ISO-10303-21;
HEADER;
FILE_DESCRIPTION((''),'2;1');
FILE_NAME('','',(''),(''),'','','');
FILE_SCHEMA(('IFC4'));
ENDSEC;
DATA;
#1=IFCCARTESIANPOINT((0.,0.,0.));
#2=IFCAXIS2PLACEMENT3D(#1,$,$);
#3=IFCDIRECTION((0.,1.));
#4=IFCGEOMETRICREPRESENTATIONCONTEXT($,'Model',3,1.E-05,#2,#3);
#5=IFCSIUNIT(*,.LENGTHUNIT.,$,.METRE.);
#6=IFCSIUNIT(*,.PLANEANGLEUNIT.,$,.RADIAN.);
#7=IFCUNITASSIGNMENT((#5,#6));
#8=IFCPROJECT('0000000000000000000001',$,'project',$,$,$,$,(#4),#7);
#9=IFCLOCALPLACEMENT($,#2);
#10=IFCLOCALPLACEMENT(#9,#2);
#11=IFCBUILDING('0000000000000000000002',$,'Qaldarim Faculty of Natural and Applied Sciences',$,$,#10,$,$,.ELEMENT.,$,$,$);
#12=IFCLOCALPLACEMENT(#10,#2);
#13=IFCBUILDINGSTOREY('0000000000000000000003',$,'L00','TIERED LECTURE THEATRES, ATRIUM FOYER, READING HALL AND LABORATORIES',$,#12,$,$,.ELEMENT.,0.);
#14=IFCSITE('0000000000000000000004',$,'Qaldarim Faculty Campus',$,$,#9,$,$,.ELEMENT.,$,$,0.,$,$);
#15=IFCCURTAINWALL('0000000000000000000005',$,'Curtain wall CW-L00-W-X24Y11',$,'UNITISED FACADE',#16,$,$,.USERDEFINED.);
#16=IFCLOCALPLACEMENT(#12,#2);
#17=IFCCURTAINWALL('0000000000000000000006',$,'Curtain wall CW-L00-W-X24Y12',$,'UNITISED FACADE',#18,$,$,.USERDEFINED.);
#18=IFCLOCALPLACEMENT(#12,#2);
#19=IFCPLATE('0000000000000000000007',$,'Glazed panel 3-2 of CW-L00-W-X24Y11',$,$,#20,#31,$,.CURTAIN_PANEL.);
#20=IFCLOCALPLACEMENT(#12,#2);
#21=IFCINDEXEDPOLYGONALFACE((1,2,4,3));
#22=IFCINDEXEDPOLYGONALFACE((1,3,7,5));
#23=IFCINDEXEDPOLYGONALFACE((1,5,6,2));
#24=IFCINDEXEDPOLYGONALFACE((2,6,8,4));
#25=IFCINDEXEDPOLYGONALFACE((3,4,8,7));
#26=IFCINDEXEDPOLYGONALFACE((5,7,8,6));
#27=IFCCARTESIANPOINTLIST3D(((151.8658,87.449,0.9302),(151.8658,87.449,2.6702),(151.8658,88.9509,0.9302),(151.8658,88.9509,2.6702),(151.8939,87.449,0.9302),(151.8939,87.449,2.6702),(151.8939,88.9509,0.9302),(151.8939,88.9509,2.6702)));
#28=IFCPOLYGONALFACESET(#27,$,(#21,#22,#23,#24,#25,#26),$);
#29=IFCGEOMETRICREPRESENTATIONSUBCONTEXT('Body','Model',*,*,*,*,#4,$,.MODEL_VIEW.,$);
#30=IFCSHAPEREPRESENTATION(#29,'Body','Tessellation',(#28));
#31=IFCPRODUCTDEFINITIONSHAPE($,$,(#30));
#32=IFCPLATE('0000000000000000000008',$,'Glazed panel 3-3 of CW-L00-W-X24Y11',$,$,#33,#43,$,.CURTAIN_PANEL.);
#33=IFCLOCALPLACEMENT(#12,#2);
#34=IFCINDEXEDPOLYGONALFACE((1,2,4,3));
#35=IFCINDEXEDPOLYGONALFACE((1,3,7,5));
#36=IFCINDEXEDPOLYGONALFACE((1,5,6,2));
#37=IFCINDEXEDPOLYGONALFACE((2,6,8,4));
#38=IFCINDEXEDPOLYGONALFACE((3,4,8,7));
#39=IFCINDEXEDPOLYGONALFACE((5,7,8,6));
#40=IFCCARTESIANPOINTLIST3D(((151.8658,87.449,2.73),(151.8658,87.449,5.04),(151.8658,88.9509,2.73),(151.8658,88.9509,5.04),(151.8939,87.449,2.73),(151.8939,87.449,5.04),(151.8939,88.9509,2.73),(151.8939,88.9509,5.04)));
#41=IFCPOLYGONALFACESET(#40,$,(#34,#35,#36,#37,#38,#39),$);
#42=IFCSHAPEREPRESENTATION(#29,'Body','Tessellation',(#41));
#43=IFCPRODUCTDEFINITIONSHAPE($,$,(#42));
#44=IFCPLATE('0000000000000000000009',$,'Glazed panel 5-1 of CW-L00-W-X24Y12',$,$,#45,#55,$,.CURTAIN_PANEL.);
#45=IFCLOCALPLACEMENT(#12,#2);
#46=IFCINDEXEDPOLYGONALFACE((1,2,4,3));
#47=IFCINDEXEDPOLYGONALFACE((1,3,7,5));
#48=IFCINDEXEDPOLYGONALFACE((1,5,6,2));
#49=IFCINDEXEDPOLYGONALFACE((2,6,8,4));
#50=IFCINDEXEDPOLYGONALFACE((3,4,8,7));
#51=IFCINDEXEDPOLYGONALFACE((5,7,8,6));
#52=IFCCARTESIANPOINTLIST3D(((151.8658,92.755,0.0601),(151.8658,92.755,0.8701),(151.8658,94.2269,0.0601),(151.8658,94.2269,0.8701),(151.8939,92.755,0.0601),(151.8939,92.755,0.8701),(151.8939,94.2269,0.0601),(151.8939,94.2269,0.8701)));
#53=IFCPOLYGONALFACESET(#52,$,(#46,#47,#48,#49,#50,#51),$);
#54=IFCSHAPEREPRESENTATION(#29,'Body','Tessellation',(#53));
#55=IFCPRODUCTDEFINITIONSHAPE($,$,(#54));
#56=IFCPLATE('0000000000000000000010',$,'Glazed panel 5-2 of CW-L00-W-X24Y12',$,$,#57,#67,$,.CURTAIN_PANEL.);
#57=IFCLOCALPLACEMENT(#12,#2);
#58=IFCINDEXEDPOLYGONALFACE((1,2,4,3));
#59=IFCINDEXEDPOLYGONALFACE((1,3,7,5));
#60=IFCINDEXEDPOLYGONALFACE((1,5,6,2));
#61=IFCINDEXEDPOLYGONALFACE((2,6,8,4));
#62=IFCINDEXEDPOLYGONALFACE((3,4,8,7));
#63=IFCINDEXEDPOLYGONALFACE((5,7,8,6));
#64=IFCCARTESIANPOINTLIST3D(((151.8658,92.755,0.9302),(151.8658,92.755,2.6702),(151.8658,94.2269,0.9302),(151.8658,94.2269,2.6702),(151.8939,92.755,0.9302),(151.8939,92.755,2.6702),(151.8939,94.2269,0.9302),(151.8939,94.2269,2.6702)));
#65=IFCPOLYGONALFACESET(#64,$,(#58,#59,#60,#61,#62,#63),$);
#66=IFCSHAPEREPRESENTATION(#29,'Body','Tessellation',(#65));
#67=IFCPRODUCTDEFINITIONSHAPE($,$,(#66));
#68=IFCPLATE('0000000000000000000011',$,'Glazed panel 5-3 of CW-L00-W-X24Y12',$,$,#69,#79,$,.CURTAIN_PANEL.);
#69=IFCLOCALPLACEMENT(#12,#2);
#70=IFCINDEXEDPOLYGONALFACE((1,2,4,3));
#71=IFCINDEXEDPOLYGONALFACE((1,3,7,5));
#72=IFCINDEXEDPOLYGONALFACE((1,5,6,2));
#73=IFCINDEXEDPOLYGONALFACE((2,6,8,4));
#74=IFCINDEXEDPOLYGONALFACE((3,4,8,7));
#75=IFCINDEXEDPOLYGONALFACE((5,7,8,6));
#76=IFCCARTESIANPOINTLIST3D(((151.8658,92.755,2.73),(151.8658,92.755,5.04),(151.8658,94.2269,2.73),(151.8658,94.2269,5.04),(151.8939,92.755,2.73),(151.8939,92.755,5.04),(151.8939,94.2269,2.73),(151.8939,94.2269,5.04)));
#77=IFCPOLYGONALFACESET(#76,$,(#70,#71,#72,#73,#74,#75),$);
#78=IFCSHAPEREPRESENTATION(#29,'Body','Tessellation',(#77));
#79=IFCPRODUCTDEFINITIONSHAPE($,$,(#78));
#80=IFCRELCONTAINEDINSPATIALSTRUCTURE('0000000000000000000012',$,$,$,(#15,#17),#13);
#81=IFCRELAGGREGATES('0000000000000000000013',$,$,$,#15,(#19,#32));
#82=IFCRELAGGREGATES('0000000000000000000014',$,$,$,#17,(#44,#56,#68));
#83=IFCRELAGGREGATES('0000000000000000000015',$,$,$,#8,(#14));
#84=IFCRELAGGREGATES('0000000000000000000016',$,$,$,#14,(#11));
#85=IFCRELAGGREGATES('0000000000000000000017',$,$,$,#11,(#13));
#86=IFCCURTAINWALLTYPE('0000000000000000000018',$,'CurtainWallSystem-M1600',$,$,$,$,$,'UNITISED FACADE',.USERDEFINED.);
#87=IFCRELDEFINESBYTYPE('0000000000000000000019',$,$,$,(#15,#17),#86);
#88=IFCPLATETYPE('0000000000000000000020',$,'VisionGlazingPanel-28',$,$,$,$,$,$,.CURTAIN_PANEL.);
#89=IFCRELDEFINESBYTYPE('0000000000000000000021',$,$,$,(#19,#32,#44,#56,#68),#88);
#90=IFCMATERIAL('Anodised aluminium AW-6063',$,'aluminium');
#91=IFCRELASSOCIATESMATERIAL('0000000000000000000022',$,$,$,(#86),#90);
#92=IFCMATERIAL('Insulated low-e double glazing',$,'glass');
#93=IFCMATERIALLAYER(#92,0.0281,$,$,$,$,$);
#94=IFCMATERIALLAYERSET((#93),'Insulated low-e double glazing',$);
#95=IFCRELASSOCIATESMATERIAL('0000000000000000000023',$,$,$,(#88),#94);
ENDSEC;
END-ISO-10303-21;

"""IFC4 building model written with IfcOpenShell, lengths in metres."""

from ifc_helpers import new_model, si_unit, direction, frame, origin, origin_2d, place, context, subcontext, project, spatial, rectangle, extrude, material, layer, layer_set, type_object, element, aggregate, save


model = new_model("IFC4")

# Units and contexts
model_context = context("Model", 3, precision=1e-05, world=origin(), true_north=direction((0.0, 1.0)))
body_context = subcontext(model_context, "Body", "Model", "MODEL_VIEW")
ifc_project = project(units=[si_unit("LENGTHUNIT", "METRE"), si_unit("PLANEANGLEUNIT", "RADIAN")], contexts=[model_context])

# Site, building, storey
site_placement = place(None, origin())
site = spatial("IfcSite", under=ifc_project, at=site_placement, Name="Qaldarim Faculty Campus", CompositionType="ELEMENT", RefElevation=0.0)
building_placement = place(site_placement, origin())
building = spatial("IfcBuilding", under=site, at=building_placement, Name="Qaldarim Faculty of Natural and Applied Sciences", CompositionType="ELEMENT")
storey_placement = place(building_placement, origin())
storey = spatial("IfcBuildingStorey", under=building, at=storey_placement, Name="L00", Description="TIERED LECTURE THEATRES, ATRIUM FOYER, READING HALL AND LABORATORIES", CompositionType="ELEMENT", Elevation=0.0)

# Curtain wall
ifc_material_1 = material(Name="Anodised aluminium AW-6063", Category="aluminium")
curtain_wall_type = type_object("IfcCurtainWallType", Name="CurtainWallSystem-M1600", ElementType="UNITISED FACADE", PredefinedType="USERDEFINED", material=ifc_material_1)
curtain_wall_1_placement = place(storey_placement, origin())
curtain_wall_1 = element("IfcCurtainWall", 1, at=curtain_wall_1_placement, inside=storey, type_object=curtain_wall_type, Name="Curtain wall CW-L00-W-X24Y11", ObjectType="UNITISED FACADE", PredefinedType="USERDEFINED")

# Curtain wall
curtain_wall_2_placement = place(storey_placement, origin())
curtain_wall_2 = element("IfcCurtainWall", 2, at=curtain_wall_2_placement, inside=storey, type_object=curtain_wall_type, Name="Curtain wall CW-L00-W-X24Y12", ObjectType="UNITISED FACADE", PredefinedType="USERDEFINED")

# Plates
ifc_material_2 = material(Name="Insulated low-e double glazing", Category="glass")
ifc_layer = layer(ifc_material_2, 0.0281)
ifc_layer_set = layer_set([ifc_layer], Name="Insulated low-e double glazing")
plate_type = type_object("IfcPlateType", Name="VisionGlazingPanel-28", PredefinedType="CURTAIN_PANEL", material=ifc_layer_set)
plate_1_placement = place(storey_placement, frame((151.8799, 88.2, 0.9302), z_axis=(0.0, 0.0, 1.0), x_axis=(0.0, -1.0, 0.0)))
plate_1 = element("IfcPlate", 3, at=plate_1_placement, type_object=plate_type, Name="Glazed panel 3-2 of CW-L00-W-X24Y11", PredefinedType="CURTAIN_PANEL", context=body_context, shape_type="SweptSolid", body=[
    extrude(rectangle(XDim=1.502, YDim=0.0281, at=origin_2d()), origin(), (0.0, 0.0, 1.0), 1.74),
])
plate_2_placement = place(storey_placement, frame((151.8799, 88.2, 2.73), z_axis=(0.0, 0.0, 1.0), x_axis=(0.0, -1.0, 0.0)))
plate_2 = element("IfcPlate", 4, at=plate_2_placement, type_object=plate_type, Name="Glazed panel 3-3 of CW-L00-W-X24Y11", PredefinedType="CURTAIN_PANEL", context=body_context, shape_type="SweptSolid", body=[
    extrude(rectangle(XDim=1.502, YDim=0.0281, at=origin_2d()), origin(), (0.0, 0.0, 1.0), 2.3101),
])
aggregate(curtain_wall_1, [plate_1, plate_2])
plate_3_placement = place(storey_placement, frame((151.8799, 93.491, 0.0601), z_axis=(0.0, 0.0, 1.0), x_axis=(0.0, -1.0, 0.0)))
plate_3 = element("IfcPlate", 5, at=plate_3_placement, type_object=plate_type, Name="Glazed panel 5-1 of CW-L00-W-X24Y12", PredefinedType="CURTAIN_PANEL", context=body_context, shape_type="SweptSolid", body=[
    extrude(rectangle(XDim=1.4719, YDim=0.0281, at=origin_2d()), origin(), (0.0, 0.0, 1.0), 0.8101),
])
plate_4_placement = place(storey_placement, frame((151.8799, 93.491, 0.9302), z_axis=(0.0, 0.0, 1.0), x_axis=(0.0, -1.0, 0.0)))
plate_4 = element("IfcPlate", 6, at=plate_4_placement, type_object=plate_type, Name="Glazed panel 5-2 of CW-L00-W-X24Y12", PredefinedType="CURTAIN_PANEL", context=body_context, shape_type="SweptSolid", body=[
    extrude(rectangle(XDim=1.4719, YDim=0.0281, at=origin_2d()), origin(), (0.0, 0.0, 1.0), 1.74),
])
plate_5_placement = place(storey_placement, frame((151.8799, 93.491, 2.73), z_axis=(0.0, 0.0, 1.0), x_axis=(0.0, -1.0, 0.0)))
plate_5 = element("IfcPlate", 7, at=plate_5_placement, type_object=plate_type, Name="Glazed panel 5-3 of CW-L00-W-X24Y12", PredefinedType="CURTAIN_PANEL", context=body_context, shape_type="SweptSolid", body=[
    extrude(rectangle(XDim=1.4719, YDim=0.0281, at=origin_2d()), origin(), (0.0, 0.0, 1.0), 2.3101),
])
aggregate(curtain_wall_2, [plate_3, plate_4, plate_5])

save(model, "model.ifc")
